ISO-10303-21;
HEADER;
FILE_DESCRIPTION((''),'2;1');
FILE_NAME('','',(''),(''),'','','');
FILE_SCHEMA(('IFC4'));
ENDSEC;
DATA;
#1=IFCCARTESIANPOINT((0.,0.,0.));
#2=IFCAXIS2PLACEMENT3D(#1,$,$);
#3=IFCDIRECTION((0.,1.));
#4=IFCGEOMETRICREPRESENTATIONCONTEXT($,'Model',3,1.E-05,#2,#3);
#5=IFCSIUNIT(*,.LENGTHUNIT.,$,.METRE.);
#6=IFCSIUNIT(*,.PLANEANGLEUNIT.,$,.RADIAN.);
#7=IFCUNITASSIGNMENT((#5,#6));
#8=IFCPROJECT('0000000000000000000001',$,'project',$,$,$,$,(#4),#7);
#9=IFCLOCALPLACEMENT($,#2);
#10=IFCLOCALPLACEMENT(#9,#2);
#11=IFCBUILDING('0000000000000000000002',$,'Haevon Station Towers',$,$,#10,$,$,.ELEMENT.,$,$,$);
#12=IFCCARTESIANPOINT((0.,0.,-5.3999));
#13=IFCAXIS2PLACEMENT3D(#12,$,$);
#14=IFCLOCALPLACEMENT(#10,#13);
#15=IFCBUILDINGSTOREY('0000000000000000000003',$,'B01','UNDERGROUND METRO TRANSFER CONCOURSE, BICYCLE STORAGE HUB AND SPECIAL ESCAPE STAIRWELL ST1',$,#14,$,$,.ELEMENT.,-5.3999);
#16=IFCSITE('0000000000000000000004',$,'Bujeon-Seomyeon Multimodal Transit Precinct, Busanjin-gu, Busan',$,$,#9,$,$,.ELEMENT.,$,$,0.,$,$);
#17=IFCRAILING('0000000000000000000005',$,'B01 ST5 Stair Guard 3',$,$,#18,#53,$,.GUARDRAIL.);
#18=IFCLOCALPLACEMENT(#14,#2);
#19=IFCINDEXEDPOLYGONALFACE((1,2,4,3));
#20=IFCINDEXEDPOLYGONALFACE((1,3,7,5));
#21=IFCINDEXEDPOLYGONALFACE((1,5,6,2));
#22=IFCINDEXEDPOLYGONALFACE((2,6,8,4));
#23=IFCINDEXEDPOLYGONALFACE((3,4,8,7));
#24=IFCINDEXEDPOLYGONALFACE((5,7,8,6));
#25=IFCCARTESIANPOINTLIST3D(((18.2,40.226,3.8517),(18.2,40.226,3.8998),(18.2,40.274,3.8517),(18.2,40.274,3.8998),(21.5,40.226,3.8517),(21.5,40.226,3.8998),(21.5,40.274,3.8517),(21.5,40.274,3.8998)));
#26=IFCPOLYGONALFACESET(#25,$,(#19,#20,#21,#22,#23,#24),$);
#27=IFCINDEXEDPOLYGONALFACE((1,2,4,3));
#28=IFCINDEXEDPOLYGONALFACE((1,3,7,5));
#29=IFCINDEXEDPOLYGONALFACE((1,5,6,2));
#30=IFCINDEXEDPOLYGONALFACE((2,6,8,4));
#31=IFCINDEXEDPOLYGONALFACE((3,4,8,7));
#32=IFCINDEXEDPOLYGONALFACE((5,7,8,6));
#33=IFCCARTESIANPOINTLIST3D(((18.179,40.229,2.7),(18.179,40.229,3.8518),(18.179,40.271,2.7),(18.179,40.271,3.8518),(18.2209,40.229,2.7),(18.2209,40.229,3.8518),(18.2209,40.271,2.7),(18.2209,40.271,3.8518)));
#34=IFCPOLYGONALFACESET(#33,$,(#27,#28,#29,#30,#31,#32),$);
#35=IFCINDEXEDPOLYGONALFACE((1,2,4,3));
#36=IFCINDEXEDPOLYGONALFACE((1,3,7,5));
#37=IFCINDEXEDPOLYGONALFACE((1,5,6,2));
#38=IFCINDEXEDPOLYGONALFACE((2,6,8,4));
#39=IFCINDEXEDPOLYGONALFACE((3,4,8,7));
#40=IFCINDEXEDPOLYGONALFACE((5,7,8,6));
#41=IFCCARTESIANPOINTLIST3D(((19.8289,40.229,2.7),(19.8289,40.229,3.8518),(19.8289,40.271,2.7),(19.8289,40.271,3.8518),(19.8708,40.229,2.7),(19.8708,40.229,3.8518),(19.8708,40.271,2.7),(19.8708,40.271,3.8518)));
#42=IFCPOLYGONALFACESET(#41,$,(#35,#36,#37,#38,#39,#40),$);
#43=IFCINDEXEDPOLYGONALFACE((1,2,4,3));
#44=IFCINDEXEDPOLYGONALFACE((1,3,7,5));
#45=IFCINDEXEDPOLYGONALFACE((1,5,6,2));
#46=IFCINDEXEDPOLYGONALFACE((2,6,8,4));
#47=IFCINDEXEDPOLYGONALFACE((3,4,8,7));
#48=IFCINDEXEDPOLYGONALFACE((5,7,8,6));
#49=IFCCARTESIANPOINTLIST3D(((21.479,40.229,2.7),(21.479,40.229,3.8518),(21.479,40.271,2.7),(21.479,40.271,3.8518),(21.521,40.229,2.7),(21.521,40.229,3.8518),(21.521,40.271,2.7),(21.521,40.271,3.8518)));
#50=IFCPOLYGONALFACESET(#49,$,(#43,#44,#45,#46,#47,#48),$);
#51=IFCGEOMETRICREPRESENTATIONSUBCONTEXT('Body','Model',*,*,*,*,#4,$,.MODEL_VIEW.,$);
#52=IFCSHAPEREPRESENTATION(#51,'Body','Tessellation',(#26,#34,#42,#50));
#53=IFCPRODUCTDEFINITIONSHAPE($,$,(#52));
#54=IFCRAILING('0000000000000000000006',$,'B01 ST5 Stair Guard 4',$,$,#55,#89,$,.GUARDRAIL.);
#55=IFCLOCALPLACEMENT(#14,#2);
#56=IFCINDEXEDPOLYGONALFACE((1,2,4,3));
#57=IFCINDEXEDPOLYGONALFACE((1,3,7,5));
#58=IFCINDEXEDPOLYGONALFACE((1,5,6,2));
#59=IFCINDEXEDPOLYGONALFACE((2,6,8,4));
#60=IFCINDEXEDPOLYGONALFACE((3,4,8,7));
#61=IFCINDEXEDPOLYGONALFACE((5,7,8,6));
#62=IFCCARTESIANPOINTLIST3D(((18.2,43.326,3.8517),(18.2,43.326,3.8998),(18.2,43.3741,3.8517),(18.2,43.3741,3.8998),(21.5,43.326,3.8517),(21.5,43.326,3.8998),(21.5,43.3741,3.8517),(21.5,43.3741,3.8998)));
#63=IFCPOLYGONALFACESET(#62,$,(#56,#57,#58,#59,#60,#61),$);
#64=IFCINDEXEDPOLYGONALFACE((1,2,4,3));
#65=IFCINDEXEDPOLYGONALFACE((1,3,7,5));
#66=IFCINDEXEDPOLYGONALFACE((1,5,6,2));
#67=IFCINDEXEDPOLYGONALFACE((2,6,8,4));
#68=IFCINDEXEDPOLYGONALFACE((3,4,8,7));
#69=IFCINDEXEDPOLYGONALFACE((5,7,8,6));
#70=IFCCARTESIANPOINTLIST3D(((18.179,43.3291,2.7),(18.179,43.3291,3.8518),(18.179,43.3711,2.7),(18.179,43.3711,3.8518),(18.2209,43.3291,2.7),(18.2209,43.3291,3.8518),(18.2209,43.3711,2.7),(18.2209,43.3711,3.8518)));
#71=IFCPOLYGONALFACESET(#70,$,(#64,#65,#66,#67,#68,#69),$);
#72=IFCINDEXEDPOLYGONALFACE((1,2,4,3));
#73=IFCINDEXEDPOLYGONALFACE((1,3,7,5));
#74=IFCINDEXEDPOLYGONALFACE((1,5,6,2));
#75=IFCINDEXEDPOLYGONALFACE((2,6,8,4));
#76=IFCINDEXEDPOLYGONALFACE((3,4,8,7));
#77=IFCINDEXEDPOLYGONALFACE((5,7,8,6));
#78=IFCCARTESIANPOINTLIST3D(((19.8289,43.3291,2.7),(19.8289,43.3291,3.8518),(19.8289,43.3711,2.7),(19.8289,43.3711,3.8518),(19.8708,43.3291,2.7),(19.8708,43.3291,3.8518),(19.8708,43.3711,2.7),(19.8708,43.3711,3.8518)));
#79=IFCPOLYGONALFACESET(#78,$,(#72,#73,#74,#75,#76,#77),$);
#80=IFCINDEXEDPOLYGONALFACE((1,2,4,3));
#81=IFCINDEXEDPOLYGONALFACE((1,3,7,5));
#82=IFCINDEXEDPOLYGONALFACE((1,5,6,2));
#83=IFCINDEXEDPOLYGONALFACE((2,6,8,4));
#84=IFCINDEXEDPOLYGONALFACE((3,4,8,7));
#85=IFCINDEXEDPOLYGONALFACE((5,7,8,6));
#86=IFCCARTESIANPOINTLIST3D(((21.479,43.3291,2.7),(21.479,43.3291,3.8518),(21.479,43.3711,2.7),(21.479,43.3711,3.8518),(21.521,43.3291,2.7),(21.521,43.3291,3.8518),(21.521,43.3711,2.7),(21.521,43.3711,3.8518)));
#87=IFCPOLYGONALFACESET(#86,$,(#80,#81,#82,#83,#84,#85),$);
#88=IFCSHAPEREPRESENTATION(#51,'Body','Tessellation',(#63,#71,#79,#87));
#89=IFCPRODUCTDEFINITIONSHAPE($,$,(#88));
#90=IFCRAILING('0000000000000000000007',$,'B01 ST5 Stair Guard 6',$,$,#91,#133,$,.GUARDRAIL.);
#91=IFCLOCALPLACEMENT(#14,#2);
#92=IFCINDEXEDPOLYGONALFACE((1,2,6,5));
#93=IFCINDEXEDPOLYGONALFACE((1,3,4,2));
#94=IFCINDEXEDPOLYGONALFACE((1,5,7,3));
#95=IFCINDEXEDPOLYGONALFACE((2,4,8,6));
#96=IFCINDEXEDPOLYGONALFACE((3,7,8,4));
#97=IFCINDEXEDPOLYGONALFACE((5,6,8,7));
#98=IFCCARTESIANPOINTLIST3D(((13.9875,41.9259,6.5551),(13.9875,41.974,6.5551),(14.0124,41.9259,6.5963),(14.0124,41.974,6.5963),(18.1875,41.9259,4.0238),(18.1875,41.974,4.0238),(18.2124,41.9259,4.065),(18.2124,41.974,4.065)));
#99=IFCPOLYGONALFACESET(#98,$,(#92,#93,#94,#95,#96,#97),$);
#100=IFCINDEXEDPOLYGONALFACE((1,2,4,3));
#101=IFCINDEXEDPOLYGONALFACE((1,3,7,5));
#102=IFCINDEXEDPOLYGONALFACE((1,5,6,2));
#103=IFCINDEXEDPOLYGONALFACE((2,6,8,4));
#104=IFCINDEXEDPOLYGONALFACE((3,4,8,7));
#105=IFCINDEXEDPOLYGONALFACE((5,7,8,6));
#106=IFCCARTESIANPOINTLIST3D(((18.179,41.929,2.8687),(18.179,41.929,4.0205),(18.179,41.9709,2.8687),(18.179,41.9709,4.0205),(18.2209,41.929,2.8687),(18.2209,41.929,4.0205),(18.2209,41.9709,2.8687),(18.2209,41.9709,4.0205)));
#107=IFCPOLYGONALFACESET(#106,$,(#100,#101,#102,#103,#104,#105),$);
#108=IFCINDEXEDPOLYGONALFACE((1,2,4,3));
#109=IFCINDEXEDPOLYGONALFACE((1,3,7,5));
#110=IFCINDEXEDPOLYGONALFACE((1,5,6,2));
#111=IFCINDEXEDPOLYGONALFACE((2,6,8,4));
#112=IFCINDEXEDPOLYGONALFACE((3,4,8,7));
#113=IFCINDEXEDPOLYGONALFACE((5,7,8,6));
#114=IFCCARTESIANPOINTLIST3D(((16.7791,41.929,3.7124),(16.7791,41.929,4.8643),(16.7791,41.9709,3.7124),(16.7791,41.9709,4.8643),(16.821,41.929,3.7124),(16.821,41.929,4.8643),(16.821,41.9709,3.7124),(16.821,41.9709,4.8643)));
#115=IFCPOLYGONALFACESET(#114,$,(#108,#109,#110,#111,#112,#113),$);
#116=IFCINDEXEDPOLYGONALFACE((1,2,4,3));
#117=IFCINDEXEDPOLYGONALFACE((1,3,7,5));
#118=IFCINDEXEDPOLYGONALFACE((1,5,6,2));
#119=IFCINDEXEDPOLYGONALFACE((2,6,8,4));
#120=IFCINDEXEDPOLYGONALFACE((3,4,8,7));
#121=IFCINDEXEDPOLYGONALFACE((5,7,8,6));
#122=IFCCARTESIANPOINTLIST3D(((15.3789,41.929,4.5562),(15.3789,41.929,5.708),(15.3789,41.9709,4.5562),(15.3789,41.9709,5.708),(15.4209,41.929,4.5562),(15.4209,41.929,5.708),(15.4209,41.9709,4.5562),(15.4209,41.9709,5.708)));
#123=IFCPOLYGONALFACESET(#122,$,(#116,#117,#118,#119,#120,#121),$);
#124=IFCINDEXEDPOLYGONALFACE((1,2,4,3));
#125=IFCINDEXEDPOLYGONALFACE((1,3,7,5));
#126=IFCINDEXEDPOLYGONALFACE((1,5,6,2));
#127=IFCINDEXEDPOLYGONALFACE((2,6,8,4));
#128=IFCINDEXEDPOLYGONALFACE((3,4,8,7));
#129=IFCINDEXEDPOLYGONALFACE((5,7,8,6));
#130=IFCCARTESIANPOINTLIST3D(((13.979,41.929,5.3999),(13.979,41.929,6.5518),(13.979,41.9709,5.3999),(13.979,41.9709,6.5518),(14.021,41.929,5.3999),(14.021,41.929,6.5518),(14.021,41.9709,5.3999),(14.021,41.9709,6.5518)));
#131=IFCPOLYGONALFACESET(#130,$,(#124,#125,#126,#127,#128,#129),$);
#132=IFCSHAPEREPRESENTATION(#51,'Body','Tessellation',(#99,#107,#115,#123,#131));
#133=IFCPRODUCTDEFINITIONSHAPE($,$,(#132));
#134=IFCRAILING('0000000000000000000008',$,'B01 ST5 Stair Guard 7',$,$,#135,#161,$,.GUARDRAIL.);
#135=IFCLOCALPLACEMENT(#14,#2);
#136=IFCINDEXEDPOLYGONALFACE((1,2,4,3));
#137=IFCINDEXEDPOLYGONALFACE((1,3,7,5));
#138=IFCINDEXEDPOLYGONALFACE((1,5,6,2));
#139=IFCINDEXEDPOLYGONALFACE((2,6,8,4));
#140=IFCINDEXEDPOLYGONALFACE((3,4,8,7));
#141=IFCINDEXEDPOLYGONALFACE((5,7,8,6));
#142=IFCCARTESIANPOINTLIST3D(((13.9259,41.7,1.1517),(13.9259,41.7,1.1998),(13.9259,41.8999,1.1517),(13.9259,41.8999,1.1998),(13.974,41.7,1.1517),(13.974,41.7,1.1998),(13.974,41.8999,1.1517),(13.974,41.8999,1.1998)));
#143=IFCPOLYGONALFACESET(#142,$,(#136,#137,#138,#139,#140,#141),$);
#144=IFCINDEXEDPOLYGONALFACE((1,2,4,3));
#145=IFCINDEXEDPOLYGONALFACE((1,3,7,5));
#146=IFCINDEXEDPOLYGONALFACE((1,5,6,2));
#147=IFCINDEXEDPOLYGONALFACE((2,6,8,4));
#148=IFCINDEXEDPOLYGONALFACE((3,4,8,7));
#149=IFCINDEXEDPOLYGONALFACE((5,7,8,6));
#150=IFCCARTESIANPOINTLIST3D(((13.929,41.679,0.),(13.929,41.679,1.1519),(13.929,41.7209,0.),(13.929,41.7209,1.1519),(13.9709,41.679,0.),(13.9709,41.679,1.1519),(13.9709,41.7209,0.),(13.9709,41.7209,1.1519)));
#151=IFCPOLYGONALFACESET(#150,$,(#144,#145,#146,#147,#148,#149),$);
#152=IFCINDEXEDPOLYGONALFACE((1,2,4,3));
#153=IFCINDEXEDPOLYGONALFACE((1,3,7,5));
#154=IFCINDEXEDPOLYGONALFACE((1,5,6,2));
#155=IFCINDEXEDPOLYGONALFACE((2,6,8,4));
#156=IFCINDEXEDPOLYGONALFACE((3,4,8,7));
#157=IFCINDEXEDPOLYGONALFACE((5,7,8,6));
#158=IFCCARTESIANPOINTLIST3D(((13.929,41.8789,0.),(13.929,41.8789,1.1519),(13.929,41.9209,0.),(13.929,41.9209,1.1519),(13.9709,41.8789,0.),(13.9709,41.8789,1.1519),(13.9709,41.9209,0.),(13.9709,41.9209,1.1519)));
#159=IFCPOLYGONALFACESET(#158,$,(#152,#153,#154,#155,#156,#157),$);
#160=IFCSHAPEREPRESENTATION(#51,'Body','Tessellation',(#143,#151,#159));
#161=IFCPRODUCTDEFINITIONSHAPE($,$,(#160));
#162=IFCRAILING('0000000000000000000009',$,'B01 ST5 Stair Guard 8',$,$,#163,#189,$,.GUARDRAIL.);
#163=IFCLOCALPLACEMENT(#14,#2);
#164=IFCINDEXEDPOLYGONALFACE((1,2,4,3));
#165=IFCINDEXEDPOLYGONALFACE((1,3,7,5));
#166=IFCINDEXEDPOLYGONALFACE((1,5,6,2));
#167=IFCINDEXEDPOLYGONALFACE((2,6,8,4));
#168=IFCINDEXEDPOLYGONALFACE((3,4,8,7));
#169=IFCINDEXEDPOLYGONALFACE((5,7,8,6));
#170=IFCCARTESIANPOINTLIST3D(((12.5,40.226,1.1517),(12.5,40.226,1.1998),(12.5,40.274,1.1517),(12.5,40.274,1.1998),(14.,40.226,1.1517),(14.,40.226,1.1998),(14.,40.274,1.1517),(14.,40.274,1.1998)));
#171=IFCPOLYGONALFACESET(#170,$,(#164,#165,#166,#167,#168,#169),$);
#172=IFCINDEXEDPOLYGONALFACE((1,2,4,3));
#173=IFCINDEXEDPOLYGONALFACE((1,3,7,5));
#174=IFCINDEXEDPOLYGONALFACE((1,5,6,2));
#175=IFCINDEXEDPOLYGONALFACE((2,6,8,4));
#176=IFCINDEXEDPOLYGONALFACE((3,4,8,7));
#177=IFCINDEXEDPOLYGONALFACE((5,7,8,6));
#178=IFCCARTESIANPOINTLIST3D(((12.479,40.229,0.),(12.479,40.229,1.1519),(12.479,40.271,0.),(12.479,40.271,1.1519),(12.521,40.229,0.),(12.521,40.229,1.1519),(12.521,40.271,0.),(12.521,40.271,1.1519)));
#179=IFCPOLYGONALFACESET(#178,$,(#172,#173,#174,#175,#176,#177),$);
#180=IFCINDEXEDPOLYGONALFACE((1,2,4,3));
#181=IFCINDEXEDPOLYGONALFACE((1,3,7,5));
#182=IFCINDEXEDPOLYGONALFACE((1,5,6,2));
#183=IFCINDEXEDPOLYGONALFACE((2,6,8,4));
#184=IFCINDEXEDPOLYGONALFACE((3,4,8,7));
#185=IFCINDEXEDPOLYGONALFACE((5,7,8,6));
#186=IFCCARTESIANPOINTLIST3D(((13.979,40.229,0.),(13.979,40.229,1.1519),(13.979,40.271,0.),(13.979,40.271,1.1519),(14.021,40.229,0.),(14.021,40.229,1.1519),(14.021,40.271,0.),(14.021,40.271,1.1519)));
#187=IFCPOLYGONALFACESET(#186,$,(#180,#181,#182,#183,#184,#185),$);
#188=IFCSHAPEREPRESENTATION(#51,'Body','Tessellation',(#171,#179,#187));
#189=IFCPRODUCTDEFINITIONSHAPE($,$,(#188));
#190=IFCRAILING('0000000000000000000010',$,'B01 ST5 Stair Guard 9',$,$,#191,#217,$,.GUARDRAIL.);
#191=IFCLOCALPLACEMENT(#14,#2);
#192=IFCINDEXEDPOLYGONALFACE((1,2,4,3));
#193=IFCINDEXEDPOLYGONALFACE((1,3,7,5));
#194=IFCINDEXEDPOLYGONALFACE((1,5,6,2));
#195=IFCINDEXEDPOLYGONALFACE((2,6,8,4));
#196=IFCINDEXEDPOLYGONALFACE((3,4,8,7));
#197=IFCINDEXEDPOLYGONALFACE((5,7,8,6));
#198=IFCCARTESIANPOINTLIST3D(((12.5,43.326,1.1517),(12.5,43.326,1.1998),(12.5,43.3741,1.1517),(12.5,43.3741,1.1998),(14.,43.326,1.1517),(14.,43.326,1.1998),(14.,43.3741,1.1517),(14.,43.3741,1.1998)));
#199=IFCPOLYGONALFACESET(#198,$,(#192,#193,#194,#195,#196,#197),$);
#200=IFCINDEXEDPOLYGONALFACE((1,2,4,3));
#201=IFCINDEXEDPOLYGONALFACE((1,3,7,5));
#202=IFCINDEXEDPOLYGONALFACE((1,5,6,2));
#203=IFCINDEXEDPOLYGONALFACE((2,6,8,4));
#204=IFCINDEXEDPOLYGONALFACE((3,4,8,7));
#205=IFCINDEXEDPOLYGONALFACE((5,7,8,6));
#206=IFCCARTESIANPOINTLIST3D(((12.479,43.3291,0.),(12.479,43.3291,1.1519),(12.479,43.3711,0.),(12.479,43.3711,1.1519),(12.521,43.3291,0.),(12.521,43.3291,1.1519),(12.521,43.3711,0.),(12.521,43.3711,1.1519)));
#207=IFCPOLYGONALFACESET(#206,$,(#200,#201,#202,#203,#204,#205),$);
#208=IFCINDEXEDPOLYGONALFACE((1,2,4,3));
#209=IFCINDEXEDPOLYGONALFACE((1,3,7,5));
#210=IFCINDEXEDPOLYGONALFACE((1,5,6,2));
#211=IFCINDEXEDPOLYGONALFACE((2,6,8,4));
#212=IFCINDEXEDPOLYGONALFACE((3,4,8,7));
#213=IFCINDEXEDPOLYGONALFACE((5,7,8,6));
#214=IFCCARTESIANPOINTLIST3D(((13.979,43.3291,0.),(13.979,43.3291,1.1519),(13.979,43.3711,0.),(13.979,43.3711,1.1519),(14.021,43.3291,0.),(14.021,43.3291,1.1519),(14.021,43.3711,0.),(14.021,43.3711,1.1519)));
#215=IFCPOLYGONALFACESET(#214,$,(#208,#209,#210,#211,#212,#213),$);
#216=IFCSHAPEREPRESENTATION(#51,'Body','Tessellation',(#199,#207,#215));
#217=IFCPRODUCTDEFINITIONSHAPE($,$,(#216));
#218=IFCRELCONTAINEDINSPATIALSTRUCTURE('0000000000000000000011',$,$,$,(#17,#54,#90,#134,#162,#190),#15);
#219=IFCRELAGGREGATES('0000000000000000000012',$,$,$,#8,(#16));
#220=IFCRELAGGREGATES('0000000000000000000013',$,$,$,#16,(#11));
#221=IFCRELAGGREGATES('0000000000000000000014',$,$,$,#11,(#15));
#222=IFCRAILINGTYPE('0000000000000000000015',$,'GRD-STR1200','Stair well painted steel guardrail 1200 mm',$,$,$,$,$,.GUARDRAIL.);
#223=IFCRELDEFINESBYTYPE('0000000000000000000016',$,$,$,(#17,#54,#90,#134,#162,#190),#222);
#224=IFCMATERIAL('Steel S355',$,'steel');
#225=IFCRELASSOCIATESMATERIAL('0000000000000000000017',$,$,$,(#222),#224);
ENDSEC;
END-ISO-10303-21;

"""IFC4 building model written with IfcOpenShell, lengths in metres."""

from ifc_helpers import new_model, si_unit, direction, frame, origin, origin_2d, place, context, subcontext, project, spatial, rectangle, extrude, material, type_object, element, save


model = new_model("IFC4")

# Units and contexts
model_context = context("Model", 3, precision=1e-05, world=origin(), true_north=direction((0.0, 1.0)))
body_context = subcontext(model_context, "Body", "Model", "MODEL_VIEW")
ifc_project = project(units=[si_unit("LENGTHUNIT", "METRE"), si_unit("PLANEANGLEUNIT", "RADIAN")], contexts=[model_context])

# Site, building, storey
site_placement = place(None, origin())
site = spatial("IfcSite", under=ifc_project, at=site_placement, Name="Bujeon-Seomyeon Multimodal Transit Precinct, Busanjin-gu, Busan", CompositionType="ELEMENT", RefElevation=0.0)
building_placement = place(site_placement, origin())
building = spatial("IfcBuilding", under=site, at=building_placement, Name="Haevon Station Towers", CompositionType="ELEMENT")
storey_placement = place(building_placement, frame((0.0, 0.0, -5.3999)))
storey = spatial("IfcBuildingStorey", under=building, at=storey_placement, Name="B01", Description="UNDERGROUND METRO TRANSFER CONCOURSE, BICYCLE STORAGE HUB AND SPECIAL ESCAPE STAIRWELL ST1", CompositionType="ELEMENT", Elevation=-5.3999)

# Shared definitions
ifc_material_1 = material(Name="Steel S355", Category="steel")

# Railings
railing_type_1 = type_object("IfcRailingType", Name="GRD-STR1200", Description="Stair well painted steel guardrail 1200 mm", PredefinedType="GUARDRAIL", material=ifc_material_1)
for number, where, name in (
    (1, (18.2, 40.25, 2.7), "B01 ST5 Stair Guard 3"),
    (2, (18.2, 43.3501, 2.7), "B01 ST5 Stair Guard 4"),
):
    element("IfcRailing", number, at=place(storey_placement, frame(where)), inside=storey, type_object=railing_type_1, Name=name, PredefinedType="GUARDRAIL", context=body_context, shape_type="SweptSolid", body=[
        extrude(rectangle(XDim=0.0481, YDim=0.0481, at=origin_2d()), frame((0.0, 0.0, 1.1758), z_axis=(1.0, 0.0, 0.0), x_axis=(0.0, 1.0, 0.0)), (0.0, 0.0, 1.0), 3.3),
        extrude(rectangle(XDim=0.042, YDim=0.042, at=origin_2d()), origin(), (0.0, 0.0, 1.0), 1.1519),
        extrude(rectangle(XDim=0.042, YDim=0.042, at=origin_2d()), frame((1.6499, 0.0, 0.0)), (0.0, 0.0, 1.0), 1.1519),
        extrude(rectangle(XDim=0.042, YDim=0.042, at=origin_2d()), frame((3.3, 0.0, 0.0)), (0.0, 0.0, 1.0), 1.1519),
    ])
railing_1_placement = place(storey_placement, frame((18.2, 41.95, 2.8687)))
element("IfcRailing", 3, at=railing_1_placement, inside=storey, type_object=railing_type_1, Name="B01 ST5 Stair Guard 6", PredefinedType="GUARDRAIL", context=body_context, shape_type="SweptSolid", body=[
    extrude(rectangle(XDim=0.0481, YDim=0.0481, at=origin_2d()), frame((0.0, 0.0, 1.1758), z_axis=(-0.856476, 0.0, 0.516186), x_axis=(0.0, -1.0, 0.0)), (0.0, 0.0, 1.0), 4.9038),
    extrude(rectangle(XDim=0.042, YDim=0.042, at=origin_2d()), origin(), (0.0, 0.0, 1.0), 1.1519),
    extrude(rectangle(XDim=0.042, YDim=0.042, at=origin_2d()), frame((-1.3999, 0.0, 0.8438)), (0.0, 0.0, 1.0), 1.1519),
    extrude(rectangle(XDim=0.042, YDim=0.042, at=origin_2d()), frame((-2.8, 0.0, 1.6875)), (0.0, 0.0, 1.0), 1.1519),
    extrude(rectangle(XDim=0.042, YDim=0.042, at=origin_2d()), frame((-4.2, 0.0, 2.5312)), (0.0, 0.0, 1.0), 1.1519),
])
railing_2_placement = place(storey_placement, frame((13.95, 41.7, 0.0)))
element("IfcRailing", 4, at=railing_2_placement, inside=storey, type_object=railing_type_1, Name="B01 ST5 Stair Guard 7", PredefinedType="GUARDRAIL", context=body_context, shape_type="SweptSolid", body=[
    extrude(rectangle(XDim=0.0481, YDim=0.0481, at=origin_2d()), frame((0.0, 0.0, 1.1758), z_axis=(0.0, 1.0, 0.0), x_axis=(-1.0, 0.0, 0.0)), (0.0, 0.0, 1.0), 0.2),
    extrude(rectangle(XDim=0.042, YDim=0.042, at=origin_2d()), origin(), (0.0, 0.0, 1.0), 1.1519),
    extrude(rectangle(XDim=0.042, YDim=0.042, at=origin_2d()), frame((0.0, 0.2, 0.0)), (0.0, 0.0, 1.0), 1.1519),
])
for number, where, name in (
    (5, (12.5, 40.25, 0.0), "B01 ST5 Stair Guard 8"),
    (6, (12.5, 43.3501, 0.0), "B01 ST5 Stair Guard 9"),
):
    element("IfcRailing", number, at=place(storey_placement, frame(where)), inside=storey, type_object=railing_type_1, Name=name, PredefinedType="GUARDRAIL", context=body_context, shape_type="SweptSolid", body=[
        extrude(rectangle(XDim=0.0481, YDim=0.0481, at=origin_2d()), frame((0.0, 0.0, 1.1758), z_axis=(1.0, 0.0, 0.0), x_axis=(0.0, 1.0, 0.0)), (0.0, 0.0, 1.0), 1.5),
        extrude(rectangle(XDim=0.042, YDim=0.042, at=origin_2d()), origin(), (0.0, 0.0, 1.0), 1.1519),
        extrude(rectangle(XDim=0.042, YDim=0.042, at=origin_2d()), frame((1.5, 0.0, 0.0)), (0.0, 0.0, 1.0), 1.1519),
    ])

save(model, "model.ifc")
